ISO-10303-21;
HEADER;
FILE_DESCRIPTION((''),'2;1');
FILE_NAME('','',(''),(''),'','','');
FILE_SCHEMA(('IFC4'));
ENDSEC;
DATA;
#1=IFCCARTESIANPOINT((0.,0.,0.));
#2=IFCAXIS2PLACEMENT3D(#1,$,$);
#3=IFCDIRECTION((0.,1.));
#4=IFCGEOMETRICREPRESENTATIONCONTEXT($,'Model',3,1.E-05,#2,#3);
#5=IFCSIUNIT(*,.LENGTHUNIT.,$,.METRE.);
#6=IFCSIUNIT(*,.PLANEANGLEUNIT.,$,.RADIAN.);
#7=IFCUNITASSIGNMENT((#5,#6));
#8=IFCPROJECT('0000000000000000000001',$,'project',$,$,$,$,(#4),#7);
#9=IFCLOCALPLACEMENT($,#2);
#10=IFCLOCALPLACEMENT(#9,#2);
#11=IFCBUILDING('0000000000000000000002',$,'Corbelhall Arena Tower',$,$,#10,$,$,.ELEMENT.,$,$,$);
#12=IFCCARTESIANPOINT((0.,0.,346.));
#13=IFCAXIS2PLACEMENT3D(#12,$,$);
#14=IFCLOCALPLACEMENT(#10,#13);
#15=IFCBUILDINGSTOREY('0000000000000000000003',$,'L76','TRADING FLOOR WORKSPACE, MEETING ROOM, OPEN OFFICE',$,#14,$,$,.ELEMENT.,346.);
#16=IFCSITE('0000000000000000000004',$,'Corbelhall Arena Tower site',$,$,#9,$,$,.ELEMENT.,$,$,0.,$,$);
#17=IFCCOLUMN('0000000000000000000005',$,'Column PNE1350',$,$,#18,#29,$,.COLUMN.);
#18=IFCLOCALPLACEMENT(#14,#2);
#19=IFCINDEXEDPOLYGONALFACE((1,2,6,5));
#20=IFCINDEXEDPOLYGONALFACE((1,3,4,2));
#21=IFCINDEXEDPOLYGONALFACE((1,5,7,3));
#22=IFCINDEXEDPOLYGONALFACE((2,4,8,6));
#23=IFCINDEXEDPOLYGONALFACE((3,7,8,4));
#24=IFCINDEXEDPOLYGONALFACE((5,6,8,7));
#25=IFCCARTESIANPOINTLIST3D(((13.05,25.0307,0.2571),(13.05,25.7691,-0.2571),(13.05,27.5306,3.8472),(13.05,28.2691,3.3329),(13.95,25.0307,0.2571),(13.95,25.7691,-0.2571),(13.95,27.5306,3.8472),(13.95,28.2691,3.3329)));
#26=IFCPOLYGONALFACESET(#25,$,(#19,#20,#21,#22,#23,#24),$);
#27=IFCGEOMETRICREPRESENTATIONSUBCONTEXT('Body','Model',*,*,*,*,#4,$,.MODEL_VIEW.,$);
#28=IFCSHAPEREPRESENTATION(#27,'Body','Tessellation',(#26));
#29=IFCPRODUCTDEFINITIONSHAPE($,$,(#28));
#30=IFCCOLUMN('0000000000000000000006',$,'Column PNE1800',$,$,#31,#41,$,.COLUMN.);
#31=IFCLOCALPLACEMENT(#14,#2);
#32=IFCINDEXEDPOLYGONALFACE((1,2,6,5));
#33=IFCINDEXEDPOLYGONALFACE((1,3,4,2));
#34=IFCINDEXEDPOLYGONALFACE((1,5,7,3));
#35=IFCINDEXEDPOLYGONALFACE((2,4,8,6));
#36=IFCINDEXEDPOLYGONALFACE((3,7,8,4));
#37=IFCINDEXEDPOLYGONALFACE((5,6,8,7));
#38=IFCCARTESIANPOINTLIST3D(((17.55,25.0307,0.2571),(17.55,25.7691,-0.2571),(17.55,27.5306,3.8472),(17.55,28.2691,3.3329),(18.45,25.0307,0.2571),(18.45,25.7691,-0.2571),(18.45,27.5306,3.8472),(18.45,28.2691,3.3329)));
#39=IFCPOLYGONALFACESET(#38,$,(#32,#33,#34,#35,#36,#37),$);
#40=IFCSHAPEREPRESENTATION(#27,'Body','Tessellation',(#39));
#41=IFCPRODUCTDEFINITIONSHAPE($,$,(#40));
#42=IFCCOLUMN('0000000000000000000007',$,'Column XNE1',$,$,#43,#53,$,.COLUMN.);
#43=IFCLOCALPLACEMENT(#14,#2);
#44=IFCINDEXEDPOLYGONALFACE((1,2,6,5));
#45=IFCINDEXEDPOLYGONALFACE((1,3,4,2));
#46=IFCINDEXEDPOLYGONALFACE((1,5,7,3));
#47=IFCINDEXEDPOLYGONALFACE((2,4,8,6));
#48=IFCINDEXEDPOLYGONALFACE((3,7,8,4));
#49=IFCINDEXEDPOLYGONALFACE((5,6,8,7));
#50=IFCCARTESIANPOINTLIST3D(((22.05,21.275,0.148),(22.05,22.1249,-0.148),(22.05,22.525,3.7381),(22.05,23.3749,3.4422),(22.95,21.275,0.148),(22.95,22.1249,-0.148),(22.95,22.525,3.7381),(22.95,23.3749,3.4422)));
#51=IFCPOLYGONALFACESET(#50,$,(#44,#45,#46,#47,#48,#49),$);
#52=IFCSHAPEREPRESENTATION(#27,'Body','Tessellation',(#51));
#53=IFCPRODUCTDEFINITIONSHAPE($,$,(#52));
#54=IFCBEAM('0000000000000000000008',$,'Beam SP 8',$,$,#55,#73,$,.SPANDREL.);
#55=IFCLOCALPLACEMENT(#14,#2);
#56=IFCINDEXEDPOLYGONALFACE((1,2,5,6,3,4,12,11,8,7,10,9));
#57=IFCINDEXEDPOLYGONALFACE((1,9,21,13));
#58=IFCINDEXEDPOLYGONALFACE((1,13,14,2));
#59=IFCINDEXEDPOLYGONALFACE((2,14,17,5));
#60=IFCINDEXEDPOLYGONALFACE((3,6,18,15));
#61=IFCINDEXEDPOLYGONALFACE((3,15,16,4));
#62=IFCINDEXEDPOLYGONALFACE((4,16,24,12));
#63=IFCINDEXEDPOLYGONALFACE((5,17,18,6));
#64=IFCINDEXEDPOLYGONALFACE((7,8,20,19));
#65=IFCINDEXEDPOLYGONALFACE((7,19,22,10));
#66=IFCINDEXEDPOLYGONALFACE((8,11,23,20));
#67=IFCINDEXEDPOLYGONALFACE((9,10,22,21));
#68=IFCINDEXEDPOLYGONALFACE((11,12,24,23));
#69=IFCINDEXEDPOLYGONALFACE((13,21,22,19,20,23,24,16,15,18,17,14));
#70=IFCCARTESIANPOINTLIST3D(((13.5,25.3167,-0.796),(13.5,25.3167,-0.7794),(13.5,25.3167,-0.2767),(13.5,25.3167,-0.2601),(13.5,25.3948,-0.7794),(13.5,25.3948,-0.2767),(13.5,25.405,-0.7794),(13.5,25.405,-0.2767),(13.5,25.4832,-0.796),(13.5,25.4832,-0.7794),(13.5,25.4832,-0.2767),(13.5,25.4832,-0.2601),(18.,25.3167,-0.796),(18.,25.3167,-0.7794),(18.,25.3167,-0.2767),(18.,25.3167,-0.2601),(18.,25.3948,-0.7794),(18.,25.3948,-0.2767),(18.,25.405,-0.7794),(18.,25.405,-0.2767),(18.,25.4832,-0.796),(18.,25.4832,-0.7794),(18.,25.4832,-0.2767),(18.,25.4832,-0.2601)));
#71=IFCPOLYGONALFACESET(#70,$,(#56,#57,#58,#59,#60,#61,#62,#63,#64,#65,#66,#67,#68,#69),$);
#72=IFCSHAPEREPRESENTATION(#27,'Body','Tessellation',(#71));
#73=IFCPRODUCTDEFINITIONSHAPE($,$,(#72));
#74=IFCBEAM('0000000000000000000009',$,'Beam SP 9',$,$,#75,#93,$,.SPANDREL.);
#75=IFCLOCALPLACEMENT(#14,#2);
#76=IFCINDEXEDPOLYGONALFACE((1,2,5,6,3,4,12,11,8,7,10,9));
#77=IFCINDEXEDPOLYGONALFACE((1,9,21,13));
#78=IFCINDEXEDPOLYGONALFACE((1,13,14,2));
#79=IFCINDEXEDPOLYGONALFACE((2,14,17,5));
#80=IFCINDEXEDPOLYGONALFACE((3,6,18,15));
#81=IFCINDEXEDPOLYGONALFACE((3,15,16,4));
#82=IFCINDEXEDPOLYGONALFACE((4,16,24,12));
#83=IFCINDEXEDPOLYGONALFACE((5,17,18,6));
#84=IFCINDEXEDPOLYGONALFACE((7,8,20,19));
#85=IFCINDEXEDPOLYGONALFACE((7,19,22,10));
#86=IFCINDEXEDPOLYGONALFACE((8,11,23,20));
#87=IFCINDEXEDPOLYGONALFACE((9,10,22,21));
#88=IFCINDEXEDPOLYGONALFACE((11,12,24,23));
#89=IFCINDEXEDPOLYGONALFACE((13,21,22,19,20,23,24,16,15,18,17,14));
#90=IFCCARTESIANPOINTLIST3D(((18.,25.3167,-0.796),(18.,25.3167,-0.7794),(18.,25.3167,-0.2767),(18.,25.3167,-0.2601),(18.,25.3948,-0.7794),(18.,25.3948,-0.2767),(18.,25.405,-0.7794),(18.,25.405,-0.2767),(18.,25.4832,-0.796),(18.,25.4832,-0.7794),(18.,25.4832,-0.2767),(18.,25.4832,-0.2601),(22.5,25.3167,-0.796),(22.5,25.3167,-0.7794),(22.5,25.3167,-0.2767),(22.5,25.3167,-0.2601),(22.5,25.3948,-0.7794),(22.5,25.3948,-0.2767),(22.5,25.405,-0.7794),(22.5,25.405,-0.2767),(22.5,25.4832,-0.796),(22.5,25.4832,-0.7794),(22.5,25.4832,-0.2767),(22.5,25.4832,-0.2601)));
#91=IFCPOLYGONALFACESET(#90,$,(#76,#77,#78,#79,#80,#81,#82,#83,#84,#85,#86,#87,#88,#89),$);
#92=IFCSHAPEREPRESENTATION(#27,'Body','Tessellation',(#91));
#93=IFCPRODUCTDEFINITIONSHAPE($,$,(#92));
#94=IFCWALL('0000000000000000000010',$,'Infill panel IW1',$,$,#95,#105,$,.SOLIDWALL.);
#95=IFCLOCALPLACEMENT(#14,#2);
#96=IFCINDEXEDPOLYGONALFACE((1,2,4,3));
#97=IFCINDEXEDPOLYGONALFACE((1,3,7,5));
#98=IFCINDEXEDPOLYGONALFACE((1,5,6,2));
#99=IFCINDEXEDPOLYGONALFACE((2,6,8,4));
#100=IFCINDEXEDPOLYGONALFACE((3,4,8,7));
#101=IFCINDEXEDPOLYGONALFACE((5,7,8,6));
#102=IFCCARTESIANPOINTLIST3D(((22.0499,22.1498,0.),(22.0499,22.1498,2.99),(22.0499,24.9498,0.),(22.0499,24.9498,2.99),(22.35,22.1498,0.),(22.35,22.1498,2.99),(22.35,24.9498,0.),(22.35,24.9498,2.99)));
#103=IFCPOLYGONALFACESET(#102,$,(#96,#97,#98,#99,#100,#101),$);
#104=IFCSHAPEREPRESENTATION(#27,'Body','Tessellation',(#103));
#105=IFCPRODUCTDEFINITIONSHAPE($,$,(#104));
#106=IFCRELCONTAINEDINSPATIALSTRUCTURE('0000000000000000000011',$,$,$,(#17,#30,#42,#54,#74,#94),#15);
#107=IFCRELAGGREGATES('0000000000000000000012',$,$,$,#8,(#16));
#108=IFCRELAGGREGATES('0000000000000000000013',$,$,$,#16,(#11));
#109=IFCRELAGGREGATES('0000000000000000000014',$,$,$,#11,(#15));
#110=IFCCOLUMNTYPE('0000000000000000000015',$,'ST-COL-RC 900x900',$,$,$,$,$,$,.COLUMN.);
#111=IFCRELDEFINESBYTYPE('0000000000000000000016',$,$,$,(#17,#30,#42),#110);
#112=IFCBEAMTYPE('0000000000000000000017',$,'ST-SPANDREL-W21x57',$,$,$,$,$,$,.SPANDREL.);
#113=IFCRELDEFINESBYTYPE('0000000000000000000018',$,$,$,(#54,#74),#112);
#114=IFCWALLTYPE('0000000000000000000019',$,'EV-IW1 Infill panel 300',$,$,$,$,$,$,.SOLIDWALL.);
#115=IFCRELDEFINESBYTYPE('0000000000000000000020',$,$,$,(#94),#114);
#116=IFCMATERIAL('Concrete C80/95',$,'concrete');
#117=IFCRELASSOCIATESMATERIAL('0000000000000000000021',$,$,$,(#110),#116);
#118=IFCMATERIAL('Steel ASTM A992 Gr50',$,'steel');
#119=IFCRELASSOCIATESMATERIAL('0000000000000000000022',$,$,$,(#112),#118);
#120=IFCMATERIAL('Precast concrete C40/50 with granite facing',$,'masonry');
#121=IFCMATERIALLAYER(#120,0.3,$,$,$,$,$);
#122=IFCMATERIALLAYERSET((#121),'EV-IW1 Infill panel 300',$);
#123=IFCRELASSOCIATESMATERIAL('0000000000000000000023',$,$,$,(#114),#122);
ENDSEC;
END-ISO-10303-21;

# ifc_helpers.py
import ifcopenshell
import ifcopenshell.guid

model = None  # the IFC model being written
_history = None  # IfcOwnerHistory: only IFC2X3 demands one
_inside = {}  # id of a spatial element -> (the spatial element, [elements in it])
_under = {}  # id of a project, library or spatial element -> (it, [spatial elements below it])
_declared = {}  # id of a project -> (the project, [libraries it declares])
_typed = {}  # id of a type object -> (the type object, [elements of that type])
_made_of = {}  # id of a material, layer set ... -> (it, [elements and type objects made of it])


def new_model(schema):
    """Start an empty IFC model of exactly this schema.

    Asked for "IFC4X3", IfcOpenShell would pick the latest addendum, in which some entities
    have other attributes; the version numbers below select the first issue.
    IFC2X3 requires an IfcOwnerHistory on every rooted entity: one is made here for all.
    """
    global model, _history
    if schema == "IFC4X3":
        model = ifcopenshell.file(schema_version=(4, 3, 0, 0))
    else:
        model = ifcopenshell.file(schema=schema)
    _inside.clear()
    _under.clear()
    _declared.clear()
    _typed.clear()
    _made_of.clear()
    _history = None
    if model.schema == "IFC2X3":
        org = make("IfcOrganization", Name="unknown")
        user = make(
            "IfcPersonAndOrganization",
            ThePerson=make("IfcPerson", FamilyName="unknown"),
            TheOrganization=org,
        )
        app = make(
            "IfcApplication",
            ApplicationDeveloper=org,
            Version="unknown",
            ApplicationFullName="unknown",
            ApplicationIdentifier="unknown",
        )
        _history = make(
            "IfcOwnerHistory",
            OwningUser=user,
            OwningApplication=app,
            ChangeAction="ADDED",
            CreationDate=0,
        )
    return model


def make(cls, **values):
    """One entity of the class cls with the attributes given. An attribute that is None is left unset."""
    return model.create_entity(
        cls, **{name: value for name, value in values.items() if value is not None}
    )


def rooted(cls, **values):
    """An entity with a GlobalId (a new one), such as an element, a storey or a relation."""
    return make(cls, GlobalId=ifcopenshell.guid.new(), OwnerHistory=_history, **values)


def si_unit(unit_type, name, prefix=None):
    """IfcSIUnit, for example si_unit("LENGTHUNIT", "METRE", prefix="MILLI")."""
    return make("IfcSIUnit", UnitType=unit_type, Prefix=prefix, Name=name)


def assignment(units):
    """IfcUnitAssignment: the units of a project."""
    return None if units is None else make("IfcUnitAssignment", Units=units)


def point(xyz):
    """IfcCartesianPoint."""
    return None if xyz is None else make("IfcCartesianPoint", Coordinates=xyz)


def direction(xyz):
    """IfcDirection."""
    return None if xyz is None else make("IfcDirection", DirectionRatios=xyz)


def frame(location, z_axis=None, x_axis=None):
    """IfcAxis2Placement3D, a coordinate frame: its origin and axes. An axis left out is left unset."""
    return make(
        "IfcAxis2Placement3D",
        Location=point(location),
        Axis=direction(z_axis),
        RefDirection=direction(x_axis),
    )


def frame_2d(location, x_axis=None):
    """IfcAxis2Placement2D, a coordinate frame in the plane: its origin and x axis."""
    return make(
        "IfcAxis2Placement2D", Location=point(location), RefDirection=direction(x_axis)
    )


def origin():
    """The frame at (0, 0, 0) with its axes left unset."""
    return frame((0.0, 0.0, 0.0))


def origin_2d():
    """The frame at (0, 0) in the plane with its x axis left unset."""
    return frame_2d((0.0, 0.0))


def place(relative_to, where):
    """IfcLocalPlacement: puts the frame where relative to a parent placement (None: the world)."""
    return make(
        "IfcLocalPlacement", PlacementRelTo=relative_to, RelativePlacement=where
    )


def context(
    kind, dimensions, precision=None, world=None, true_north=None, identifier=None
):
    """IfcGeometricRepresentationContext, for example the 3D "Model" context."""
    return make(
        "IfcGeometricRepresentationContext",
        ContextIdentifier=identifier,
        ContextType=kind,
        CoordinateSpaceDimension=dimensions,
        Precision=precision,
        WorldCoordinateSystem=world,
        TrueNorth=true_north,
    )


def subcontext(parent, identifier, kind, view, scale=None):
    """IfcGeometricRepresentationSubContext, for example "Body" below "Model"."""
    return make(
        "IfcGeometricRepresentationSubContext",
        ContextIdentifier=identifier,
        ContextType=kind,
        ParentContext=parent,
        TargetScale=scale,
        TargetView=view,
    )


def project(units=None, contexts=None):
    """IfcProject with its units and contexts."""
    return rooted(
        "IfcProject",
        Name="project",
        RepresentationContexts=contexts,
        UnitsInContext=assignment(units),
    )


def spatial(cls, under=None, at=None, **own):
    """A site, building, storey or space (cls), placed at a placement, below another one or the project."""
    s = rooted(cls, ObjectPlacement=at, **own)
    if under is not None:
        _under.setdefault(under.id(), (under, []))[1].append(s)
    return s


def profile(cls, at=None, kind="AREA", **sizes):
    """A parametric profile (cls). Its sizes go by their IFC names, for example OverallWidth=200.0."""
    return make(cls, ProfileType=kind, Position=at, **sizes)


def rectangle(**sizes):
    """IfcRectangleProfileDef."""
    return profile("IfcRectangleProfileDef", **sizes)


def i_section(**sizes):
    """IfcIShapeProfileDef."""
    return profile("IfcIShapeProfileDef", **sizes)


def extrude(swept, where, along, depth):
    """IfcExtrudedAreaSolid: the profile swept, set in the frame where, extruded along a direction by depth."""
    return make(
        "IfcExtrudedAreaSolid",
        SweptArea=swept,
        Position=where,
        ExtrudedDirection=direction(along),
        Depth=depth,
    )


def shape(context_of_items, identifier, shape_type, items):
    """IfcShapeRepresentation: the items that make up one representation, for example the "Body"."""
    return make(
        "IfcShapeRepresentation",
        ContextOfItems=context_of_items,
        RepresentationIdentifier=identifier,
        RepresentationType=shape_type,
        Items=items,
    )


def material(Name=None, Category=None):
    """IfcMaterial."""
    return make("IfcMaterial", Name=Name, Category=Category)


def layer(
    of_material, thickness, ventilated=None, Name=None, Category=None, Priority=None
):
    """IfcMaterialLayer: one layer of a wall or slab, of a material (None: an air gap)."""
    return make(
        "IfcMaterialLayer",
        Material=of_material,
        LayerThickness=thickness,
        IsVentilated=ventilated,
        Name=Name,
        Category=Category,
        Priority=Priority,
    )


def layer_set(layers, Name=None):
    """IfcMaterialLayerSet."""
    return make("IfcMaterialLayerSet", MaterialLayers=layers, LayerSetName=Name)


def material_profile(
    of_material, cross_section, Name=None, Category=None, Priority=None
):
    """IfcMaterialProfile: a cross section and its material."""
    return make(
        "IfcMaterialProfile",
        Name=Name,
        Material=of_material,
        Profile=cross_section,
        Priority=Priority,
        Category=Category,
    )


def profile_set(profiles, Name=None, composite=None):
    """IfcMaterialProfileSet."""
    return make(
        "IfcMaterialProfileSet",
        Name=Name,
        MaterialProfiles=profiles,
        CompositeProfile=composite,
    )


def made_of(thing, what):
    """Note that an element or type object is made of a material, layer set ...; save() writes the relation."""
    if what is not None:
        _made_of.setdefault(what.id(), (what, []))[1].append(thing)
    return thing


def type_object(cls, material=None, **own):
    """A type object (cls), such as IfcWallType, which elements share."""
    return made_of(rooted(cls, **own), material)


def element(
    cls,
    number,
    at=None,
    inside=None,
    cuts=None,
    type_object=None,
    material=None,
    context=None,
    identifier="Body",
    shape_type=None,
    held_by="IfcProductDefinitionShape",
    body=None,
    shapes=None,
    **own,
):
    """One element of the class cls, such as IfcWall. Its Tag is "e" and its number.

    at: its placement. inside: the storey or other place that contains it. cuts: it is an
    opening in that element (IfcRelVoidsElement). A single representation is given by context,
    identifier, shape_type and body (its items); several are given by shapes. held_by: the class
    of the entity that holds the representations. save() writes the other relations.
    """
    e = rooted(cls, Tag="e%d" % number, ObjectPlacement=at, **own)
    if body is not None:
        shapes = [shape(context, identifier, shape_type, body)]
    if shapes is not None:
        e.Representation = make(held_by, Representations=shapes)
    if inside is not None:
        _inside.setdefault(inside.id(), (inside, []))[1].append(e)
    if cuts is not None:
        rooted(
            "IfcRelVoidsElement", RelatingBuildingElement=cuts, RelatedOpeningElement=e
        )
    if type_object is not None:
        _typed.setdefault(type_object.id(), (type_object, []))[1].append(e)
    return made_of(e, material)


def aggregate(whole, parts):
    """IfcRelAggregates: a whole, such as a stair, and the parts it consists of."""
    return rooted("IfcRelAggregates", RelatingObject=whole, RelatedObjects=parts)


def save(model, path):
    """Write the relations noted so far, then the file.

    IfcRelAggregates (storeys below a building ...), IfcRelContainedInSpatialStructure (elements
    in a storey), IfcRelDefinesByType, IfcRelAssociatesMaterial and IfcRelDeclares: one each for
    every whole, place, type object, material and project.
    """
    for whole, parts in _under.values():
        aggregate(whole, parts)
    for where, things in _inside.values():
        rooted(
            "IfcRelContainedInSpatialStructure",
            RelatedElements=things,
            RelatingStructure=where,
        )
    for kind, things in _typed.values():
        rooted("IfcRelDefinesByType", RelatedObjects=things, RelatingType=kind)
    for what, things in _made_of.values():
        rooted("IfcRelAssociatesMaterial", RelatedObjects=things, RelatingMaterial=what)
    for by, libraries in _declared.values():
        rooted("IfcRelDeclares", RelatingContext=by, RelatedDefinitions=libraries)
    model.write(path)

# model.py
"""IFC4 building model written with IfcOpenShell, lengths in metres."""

from ifc_helpers import new_model, si_unit, direction, frame, frame_2d, origin, origin_2d, place, context, subcontext, project, spatial, rectangle, i_section, extrude, material, layer, layer_set, material_profile, profile_set, type_object, element, save


model = new_model("IFC4")

# Units and contexts
model_context = context("Model", 3, precision=1e-05, world=origin(), true_north=direction((0.0, 1.0)))
body_context = subcontext(model_context, "Body", "Model", "MODEL_VIEW")
ifc_project = project(units=[si_unit("LENGTHUNIT", "METRE"), si_unit("PLANEANGLEUNIT", "RADIAN")], contexts=[model_context])

# Site, building, storey
site_placement = place(None, origin())
site = spatial("IfcSite", under=ifc_project, at=site_placement, Name="Corbelhall Arena Tower site", CompositionType="ELEMENT", RefElevation=0.0)
building_placement = place(site_placement, origin())
building = spatial("IfcBuilding", under=site, at=building_placement, Name="Corbelhall Arena Tower", CompositionType="ELEMENT")
storey_placement = place(building_placement, frame((0.0, 0.0, 346.0)))
storey = spatial("IfcBuildingStorey", under=building, at=storey_placement, Name="L76", Description="TRADING FLOOR WORKSPACE, MEETING ROOM, OPEN OFFICE", CompositionType="ELEMENT", Elevation=346.0)

# Columns
ifc_material_1 = material(Name="Concrete C80/95", Category="concrete")
ifc_material_profile_1 = material_profile(ifc_material_1, rectangle(XDim=0.8999, YDim=0.8999, at=origin_2d()))
ifc_profile_set_1 = profile_set([ifc_material_profile_1], Name="Concrete C80/95")
column_type = type_object("IfcColumnType", Name="ST-COL-RC 900x900", PredefinedType="COLUMN", material=ifc_profile_set_1)
for number, where, z_axis, x_axis, name in (
    (1, (13.5, 25.3999, 0.0), (0.0, 0.571457, 0.820632), (-1.0, 0.0, 0.0), "Column PNE1350"),
    (2, (18.0, 25.3999, 0.0), (0.0, 0.571457, 0.820632), (-1.0, 0.0, 0.0), "Column PNE1800"),
):
    element("IfcColumn", number, at=place(storey_placement, frame(where, z_axis=z_axis, x_axis=x_axis)), inside=storey, type_object=column_type, Name=name, PredefinedType="COLUMN", context=body_context, shape_type="SweptSolid", body=[
        extrude(rectangle(XDim=0.8999, YDim=0.8999, at=origin_2d()), origin(), (0.0, 0.0, 1.0), 4.3748),
    ])
column_placement = place(storey_placement, frame((22.5, 21.7, 0.0), z_axis=(0.0, 0.32882, 0.944393), x_axis=(-1.0, 0.0, 0.0)))
element("IfcColumn", 3, at=column_placement, inside=storey, type_object=column_type, Name="Column XNE1", PredefinedType="COLUMN", context=body_context, shape_type="SweptSolid", body=[
    extrude(rectangle(XDim=0.8999, YDim=0.8999, at=origin_2d()), origin(), (0.0, 0.0, 1.0), 3.8015),
])

# Beams
ifc_material_2 = material(Name="Steel ASTM A992 Gr50", Category="steel")
ifc_material_profile_2 = material_profile(ifc_material_2, i_section(OverallWidth=0.1665, OverallDepth=0.5359, WebThickness=0.0103, FlangeThickness=0.0166, at=origin_2d()))
ifc_profile_set_2 = profile_set([ifc_material_profile_2], Name="Steel ASTM A992 Gr50")
beam_type = type_object("IfcBeamType", Name="ST-SPANDREL-W21x57", PredefinedType="SPANDREL", material=ifc_profile_set_2)
for number, where, z_axis, x_axis, name in (
    (4, (13.5, 25.3999, -0.5281), (1.0, 0.0, 0.0), (0.0, 1.0, 0.0), "Beam SP 8"),
    (5, (18.0, 25.3999, -0.5281), (1.0, 0.0, 0.0), (0.0, 1.0, 0.0), "Beam SP 9"),
):
    element("IfcBeam", number, at=place(storey_placement, frame(where, z_axis=z_axis, x_axis=x_axis)), inside=storey, type_object=beam_type, Name=name, PredefinedType="SPANDREL", context=body_context, shape_type="SweptSolid", body=[
        extrude(i_section(OverallWidth=0.1665, OverallDepth=0.5359, WebThickness=0.0103, FlangeThickness=0.0166, at=origin_2d()), origin(), (0.0, 0.0, 1.0), 4.5),
    ])

# Wall
ifc_material_3 = material(Name="Precast concrete C40/50 with granite facing", Category="masonry")
ifc_layer_1 = layer(ifc_material_3, 0.3)
ifc_layer_set_1 = layer_set([ifc_layer_1], Name="EV-IW1 Infill panel 300")
wall_type_1 = type_object("IfcWallType", Name="EV-IW1 Infill panel 300", PredefinedType="SOLIDWALL", material=ifc_layer_set_1)
wall_1_placement = place(storey_placement, frame((22.2, 22.1499, 0.0), z_axis=(0.0, 0.0, 1.0), x_axis=(0.0, 1.0, 0.0)))
element("IfcWall", 6, at=wall_1_placement, inside=storey, type_object=wall_type_1, Name="Infill panel IW1", PredefinedType="SOLIDWALL", context=body_context, shape_type="SweptSolid", body=[
    extrude(rectangle(XDim=2.8, YDim=0.3, at=frame_2d((1.3999, 0.0))), origin(), (0.0, 0.0, 1.0), 2.99),
])

save(model, "model.ifc")
